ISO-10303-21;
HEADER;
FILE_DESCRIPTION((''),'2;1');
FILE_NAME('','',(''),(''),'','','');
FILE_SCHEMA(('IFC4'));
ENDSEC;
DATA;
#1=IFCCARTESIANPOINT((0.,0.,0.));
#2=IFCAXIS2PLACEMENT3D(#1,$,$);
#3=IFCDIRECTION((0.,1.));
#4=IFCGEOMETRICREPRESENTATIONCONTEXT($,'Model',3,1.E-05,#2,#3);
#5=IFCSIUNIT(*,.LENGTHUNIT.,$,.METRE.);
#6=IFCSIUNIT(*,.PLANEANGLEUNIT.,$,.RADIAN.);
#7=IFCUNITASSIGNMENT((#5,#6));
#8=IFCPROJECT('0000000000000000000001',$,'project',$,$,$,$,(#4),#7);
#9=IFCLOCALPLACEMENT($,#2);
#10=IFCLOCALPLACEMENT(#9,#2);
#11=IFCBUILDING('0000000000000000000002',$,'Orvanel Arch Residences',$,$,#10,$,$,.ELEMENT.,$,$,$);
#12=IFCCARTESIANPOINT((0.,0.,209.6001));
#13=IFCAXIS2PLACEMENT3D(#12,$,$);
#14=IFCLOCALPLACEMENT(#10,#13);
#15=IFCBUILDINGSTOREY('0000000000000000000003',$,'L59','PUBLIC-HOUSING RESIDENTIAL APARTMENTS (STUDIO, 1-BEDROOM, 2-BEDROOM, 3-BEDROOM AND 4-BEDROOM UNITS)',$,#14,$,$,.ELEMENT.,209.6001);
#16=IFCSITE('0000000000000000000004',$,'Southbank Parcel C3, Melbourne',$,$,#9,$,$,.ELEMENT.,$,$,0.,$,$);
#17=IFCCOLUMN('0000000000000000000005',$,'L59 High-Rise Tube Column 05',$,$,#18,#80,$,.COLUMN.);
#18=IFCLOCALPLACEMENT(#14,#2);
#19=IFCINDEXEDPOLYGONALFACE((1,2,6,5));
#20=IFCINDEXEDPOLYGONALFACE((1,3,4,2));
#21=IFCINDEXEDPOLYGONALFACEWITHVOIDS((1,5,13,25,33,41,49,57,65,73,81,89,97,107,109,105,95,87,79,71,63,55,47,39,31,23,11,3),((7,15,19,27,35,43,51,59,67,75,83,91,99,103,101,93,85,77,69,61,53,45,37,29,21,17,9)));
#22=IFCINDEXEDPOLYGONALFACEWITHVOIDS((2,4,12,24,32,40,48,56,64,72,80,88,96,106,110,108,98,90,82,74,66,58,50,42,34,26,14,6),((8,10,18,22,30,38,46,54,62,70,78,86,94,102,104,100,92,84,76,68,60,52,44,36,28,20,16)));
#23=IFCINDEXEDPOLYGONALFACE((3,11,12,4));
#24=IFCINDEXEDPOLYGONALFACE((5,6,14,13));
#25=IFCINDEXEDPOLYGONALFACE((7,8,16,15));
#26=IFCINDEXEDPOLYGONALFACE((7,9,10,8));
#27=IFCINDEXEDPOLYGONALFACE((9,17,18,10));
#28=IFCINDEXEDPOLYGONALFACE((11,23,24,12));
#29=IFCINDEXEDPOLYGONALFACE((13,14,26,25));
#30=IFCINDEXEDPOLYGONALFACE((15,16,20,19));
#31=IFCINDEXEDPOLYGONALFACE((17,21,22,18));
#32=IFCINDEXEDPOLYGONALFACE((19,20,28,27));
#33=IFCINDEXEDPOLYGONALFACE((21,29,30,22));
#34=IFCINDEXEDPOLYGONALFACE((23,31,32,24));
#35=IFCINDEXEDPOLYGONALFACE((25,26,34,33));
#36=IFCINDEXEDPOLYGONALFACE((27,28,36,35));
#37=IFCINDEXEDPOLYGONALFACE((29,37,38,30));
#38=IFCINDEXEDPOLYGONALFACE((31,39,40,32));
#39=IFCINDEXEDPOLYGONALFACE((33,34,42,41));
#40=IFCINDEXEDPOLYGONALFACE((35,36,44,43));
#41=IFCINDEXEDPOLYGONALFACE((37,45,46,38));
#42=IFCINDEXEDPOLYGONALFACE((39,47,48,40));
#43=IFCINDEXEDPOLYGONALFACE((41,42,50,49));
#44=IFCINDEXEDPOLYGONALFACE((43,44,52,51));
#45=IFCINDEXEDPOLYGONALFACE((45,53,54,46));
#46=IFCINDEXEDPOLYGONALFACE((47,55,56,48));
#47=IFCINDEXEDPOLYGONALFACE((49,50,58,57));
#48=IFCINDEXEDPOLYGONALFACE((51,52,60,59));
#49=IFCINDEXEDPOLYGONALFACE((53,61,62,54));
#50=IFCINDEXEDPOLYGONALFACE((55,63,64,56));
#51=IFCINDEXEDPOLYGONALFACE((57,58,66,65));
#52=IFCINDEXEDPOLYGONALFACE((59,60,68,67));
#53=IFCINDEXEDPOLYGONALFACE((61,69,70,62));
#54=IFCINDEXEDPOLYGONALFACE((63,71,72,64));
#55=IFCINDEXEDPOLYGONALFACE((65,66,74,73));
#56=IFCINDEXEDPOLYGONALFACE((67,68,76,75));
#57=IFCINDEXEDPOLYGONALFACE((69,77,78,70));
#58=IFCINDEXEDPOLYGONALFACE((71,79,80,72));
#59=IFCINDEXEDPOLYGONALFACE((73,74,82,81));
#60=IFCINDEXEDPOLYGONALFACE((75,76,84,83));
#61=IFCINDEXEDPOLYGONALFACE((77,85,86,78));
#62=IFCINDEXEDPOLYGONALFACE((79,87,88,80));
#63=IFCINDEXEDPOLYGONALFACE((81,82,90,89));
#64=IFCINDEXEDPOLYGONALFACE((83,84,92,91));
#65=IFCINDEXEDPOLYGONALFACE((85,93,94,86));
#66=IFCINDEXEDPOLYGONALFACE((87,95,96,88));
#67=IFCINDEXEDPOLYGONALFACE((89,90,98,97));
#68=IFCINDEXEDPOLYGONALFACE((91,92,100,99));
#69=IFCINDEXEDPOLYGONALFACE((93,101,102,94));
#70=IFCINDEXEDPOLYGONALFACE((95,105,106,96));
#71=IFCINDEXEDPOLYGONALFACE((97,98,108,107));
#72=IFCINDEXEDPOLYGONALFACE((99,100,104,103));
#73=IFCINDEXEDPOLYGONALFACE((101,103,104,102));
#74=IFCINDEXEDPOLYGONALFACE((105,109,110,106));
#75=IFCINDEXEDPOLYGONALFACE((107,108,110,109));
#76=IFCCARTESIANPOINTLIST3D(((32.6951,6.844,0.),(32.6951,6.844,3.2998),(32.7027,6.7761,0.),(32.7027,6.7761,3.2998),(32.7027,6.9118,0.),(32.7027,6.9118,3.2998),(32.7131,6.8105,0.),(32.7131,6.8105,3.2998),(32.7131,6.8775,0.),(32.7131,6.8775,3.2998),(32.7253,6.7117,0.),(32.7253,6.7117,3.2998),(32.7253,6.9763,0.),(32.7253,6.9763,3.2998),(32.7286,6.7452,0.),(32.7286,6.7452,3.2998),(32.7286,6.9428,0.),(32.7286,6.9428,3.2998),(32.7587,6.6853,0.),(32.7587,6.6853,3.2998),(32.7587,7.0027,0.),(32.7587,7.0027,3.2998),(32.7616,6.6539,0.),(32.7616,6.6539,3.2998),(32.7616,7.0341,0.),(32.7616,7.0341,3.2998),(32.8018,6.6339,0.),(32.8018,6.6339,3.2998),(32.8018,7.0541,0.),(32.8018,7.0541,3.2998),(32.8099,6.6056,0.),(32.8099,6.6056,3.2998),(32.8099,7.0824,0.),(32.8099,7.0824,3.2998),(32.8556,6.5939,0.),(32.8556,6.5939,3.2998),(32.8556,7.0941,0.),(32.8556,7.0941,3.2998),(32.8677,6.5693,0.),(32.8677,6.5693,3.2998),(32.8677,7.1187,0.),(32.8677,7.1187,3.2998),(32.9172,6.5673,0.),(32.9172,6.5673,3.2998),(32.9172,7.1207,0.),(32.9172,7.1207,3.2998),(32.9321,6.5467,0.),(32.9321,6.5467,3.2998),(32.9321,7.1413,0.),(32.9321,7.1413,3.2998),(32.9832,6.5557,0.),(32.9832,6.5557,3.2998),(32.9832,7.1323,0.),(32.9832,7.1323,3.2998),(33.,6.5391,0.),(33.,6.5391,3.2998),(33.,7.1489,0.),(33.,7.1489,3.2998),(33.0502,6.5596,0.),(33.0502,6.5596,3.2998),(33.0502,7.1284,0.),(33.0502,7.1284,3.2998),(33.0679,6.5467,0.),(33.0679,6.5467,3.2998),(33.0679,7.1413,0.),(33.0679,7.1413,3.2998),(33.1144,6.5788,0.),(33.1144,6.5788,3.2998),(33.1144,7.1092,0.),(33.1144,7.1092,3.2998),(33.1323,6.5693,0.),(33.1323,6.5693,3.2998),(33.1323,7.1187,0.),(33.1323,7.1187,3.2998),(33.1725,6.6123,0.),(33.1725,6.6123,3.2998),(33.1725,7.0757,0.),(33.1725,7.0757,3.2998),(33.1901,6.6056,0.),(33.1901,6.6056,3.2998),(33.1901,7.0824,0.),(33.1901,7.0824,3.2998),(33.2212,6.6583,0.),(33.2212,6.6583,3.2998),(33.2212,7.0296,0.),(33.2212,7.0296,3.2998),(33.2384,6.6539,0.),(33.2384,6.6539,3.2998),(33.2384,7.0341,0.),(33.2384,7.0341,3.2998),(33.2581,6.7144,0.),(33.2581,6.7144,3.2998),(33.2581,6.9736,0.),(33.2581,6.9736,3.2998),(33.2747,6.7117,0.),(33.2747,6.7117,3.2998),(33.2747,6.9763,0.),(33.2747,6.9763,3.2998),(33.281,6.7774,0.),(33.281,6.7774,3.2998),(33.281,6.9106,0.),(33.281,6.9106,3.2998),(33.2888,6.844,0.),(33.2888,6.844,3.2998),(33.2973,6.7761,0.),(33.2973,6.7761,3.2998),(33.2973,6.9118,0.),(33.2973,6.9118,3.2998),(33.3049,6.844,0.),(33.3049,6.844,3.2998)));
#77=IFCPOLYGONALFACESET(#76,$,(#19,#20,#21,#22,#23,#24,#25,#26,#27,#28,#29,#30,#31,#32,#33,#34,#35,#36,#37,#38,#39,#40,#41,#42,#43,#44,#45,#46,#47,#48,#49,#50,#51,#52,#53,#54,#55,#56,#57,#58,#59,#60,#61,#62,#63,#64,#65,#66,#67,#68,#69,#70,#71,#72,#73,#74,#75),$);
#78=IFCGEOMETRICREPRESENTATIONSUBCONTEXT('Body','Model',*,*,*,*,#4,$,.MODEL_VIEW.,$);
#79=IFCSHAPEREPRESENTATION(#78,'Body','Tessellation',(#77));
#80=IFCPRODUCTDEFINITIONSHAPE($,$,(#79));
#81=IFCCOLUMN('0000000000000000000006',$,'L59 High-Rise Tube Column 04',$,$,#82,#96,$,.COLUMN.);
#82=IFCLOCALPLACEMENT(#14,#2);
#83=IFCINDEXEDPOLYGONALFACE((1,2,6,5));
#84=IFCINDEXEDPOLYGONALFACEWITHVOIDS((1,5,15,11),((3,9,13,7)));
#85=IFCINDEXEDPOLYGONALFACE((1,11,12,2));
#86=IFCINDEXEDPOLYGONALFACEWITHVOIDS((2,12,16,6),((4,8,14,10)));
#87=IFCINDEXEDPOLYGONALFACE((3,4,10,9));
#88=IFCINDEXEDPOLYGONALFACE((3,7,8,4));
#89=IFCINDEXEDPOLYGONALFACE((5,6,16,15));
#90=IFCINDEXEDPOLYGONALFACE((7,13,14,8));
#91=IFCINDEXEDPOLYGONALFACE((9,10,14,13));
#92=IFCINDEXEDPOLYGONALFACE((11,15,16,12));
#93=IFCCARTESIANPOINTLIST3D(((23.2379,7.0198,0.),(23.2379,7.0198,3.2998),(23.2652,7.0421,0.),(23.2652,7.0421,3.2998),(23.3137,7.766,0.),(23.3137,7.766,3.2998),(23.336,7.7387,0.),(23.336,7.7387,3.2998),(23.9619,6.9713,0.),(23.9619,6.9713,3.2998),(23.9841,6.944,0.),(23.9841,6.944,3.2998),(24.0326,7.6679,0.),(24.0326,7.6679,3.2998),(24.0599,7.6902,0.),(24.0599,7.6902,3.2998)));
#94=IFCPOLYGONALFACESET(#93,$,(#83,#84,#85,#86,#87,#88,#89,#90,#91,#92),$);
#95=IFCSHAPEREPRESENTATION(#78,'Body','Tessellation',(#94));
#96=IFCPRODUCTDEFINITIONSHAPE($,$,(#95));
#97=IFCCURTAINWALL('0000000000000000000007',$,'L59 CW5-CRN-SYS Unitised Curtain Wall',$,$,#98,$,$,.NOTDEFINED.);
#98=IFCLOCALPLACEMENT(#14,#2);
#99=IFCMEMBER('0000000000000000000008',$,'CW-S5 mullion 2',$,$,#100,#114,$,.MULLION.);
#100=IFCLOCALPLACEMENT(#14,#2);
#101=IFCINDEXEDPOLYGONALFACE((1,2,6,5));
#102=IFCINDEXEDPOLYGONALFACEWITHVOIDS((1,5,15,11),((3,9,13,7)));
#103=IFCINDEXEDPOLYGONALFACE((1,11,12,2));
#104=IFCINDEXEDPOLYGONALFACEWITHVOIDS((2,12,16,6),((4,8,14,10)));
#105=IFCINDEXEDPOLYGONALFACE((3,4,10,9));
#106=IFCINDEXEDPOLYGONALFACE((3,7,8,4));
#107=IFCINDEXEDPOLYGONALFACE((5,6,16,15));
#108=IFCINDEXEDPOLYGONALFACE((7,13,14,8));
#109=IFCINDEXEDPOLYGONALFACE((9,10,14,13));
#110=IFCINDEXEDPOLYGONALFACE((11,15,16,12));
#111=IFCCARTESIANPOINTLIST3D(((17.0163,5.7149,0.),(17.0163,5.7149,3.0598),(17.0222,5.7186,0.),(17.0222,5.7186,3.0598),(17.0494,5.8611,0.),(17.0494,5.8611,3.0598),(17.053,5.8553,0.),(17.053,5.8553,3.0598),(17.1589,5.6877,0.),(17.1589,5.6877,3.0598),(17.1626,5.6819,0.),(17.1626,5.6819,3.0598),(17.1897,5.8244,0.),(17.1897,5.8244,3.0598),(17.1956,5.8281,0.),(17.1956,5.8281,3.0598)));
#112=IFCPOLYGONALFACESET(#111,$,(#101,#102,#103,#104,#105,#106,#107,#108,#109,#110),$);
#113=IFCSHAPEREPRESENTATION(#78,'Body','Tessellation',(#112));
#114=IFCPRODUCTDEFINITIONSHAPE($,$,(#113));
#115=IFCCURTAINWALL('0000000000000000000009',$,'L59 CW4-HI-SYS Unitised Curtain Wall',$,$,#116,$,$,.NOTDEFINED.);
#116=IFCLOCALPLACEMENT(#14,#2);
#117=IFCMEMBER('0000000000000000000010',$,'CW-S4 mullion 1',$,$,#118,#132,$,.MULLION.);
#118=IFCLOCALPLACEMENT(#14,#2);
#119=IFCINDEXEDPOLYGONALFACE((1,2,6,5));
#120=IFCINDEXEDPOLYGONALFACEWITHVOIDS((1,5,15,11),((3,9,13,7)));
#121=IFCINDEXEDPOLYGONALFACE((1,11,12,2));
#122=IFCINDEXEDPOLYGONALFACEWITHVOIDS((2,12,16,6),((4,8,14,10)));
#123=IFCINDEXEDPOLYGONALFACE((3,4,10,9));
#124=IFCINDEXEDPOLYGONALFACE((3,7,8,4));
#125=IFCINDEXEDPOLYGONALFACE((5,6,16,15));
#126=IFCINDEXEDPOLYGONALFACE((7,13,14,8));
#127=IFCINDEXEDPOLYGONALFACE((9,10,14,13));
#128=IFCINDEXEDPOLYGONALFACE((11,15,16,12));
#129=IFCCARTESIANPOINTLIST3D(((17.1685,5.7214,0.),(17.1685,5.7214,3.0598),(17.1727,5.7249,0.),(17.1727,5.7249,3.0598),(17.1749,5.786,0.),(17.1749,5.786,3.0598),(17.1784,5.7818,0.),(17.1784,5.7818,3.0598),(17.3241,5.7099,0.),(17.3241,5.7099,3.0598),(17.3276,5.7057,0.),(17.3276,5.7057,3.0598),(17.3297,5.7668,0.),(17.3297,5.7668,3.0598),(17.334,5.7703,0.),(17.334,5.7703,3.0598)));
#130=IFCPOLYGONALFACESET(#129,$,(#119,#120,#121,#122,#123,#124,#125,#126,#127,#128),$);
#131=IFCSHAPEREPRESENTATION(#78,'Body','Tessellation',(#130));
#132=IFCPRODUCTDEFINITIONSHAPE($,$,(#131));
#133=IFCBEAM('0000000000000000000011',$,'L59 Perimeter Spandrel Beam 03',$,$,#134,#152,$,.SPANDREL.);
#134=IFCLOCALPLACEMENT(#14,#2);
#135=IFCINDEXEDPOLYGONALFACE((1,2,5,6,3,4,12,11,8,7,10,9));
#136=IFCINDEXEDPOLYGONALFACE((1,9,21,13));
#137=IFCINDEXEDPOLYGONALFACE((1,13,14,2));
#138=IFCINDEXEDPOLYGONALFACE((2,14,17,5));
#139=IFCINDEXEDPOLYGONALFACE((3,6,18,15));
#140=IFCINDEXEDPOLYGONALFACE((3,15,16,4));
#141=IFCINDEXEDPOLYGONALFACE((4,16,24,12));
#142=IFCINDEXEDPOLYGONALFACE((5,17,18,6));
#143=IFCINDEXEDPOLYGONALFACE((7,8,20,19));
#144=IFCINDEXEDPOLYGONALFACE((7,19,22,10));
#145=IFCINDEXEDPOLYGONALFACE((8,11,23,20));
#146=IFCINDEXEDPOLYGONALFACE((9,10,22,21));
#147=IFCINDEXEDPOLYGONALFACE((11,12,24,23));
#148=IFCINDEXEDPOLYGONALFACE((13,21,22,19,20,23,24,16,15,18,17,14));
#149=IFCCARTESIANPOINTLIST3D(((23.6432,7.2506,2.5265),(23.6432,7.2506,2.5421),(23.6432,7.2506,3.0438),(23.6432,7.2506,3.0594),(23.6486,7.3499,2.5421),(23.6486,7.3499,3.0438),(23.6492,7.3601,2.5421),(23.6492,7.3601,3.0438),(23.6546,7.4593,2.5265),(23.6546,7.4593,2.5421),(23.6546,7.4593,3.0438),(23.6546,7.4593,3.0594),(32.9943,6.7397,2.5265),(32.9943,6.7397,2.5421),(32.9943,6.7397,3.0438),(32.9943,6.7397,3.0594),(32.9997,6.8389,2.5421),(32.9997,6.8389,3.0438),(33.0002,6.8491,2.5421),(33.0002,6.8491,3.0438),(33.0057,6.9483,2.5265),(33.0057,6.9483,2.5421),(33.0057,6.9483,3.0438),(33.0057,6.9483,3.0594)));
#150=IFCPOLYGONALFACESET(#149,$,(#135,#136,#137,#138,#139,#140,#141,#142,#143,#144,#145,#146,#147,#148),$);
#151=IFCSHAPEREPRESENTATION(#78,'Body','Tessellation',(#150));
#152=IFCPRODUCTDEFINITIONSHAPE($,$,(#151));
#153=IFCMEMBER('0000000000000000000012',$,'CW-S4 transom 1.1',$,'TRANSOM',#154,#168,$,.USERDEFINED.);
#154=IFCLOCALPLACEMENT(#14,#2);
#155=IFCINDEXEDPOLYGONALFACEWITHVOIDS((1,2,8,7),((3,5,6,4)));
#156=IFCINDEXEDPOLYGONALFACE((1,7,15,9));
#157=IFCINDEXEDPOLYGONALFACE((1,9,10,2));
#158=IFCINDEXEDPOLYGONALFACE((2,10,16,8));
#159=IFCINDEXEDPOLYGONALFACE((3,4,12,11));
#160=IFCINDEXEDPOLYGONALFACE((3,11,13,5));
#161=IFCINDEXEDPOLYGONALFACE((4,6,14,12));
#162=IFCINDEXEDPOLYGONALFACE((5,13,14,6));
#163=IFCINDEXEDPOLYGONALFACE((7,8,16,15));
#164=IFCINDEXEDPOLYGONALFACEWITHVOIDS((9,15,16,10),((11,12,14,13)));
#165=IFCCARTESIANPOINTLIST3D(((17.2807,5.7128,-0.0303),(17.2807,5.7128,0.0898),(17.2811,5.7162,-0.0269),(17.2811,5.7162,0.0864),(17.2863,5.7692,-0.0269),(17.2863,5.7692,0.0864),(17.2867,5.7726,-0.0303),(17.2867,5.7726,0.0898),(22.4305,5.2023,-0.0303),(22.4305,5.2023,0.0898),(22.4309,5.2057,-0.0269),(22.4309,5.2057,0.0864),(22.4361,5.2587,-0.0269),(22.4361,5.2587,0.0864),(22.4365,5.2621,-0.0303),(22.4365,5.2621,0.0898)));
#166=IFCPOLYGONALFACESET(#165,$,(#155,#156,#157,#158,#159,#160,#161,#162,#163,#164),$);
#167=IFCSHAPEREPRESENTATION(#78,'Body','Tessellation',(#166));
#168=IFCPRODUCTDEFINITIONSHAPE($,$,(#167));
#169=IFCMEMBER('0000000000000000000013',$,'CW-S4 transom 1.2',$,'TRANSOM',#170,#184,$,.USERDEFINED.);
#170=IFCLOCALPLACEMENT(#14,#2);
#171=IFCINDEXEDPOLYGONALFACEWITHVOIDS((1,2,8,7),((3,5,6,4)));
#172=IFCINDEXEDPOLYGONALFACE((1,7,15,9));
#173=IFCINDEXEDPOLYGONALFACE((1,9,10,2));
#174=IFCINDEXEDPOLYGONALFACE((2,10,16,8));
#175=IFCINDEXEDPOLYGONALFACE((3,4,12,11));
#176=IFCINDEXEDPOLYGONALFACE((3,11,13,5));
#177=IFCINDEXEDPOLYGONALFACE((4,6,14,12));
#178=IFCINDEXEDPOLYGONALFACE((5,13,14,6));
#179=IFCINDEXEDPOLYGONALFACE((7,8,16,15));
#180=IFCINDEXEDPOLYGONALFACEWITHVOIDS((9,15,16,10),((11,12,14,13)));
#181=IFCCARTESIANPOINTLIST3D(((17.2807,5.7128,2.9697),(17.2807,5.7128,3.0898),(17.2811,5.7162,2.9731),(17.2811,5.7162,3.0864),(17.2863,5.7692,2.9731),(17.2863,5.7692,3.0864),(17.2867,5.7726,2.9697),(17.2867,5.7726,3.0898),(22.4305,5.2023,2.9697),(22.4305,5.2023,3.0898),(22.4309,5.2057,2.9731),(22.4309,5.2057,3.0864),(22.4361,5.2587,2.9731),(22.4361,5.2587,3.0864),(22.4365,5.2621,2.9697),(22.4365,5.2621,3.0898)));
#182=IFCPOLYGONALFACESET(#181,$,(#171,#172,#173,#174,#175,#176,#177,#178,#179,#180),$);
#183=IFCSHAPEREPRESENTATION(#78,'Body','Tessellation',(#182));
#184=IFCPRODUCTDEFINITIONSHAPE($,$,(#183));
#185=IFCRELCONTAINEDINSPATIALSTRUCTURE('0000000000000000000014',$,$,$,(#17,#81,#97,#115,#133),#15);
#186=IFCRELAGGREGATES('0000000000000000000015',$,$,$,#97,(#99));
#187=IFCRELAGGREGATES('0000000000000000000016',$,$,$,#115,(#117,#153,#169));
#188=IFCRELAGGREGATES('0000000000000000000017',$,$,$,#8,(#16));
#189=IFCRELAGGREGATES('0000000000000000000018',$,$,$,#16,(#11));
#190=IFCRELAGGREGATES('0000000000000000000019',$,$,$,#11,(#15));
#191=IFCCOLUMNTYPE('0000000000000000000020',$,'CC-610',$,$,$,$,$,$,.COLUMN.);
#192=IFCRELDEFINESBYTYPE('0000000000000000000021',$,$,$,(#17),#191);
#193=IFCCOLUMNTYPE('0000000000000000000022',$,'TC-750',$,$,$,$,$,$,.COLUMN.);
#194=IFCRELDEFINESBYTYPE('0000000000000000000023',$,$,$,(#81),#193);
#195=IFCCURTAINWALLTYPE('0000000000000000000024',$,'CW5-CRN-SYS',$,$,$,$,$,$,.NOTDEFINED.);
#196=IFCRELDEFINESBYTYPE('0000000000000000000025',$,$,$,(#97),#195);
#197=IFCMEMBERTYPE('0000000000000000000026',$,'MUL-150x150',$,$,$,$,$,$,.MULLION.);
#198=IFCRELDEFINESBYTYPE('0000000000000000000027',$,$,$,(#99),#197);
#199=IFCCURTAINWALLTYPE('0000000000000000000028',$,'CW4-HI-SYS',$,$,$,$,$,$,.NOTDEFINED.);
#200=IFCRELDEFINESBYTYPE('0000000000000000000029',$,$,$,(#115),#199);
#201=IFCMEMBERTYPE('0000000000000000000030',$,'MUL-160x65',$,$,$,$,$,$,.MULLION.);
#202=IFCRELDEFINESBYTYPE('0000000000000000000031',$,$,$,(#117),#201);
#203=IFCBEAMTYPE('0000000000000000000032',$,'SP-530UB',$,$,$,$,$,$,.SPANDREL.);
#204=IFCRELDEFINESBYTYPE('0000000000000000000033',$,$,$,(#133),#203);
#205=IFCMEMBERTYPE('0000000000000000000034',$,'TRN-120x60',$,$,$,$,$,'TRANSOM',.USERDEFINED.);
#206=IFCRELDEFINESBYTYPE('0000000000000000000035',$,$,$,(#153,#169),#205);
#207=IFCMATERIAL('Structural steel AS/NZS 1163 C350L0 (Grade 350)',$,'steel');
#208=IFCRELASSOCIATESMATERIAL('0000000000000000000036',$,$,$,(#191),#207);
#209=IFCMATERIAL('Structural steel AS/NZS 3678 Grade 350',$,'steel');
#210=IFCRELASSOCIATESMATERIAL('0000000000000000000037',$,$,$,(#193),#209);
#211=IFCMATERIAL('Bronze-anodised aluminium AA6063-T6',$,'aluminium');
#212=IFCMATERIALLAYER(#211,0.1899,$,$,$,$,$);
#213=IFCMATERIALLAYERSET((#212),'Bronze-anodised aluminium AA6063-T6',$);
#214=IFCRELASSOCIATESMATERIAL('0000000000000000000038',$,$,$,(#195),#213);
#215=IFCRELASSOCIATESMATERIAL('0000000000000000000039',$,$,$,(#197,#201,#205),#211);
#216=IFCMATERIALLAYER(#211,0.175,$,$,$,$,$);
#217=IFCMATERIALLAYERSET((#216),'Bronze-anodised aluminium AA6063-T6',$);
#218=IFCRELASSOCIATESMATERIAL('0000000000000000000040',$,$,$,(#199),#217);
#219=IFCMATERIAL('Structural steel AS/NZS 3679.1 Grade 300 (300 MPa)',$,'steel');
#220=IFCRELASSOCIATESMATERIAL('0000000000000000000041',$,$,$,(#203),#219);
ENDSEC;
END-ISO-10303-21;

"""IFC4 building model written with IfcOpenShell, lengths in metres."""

from ifc_helpers import new_model, si_unit, direction, frame, origin, origin_2d, place, context, subcontext, project, spatial, hollow_rectangle, hollow_circle, i_section, extrude, material, layer, layer_set, material_profile, profile_set, type_object, element, aggregate, save


model = new_model("IFC4")

# Units and contexts
model_context = context("Model", 3, precision=1e-05, world=origin(), true_north=direction((0.0, 1.0)))
body_context = subcontext(model_context, "Body", "Model", "MODEL_VIEW")
ifc_project = project(units=[si_unit("LENGTHUNIT", "METRE"), si_unit("PLANEANGLEUNIT", "RADIAN")], contexts=[model_context])

# Site, building, storey
site_placement = place(None, origin())
site = spatial("IfcSite", under=ifc_project, at=site_placement, Name="Southbank Parcel C3, Melbourne", CompositionType="ELEMENT", RefElevation=0.0)
building_placement = place(site_placement, origin())
building = spatial("IfcBuilding", under=site, at=building_placement, Name="Orvanel Arch Residences", CompositionType="ELEMENT")
storey_placement = place(building_placement, frame((0.0, 0.0, 209.6001)))
storey = spatial("IfcBuildingStorey", under=building, at=storey_placement, Name="L59", Description="PUBLIC-HOUSING RESIDENTIAL APARTMENTS (STUDIO, 1-BEDROOM, 2-BEDROOM, 3-BEDROOM AND 4-BEDROOM UNITS)", CompositionType="ELEMENT", Elevation=209.6001)

# Columns
ifc_material_1 = material(Name="Structural steel AS/NZS 1163 C350L0 (Grade 350)", Category="steel")
ifc_material_profile_1 = material_profile(ifc_material_1, hollow_circle(Radius=0.3049, WallThickness=0.0161, at=origin_2d()), Name="CHS610x16")
ifc_profile_set_1 = profile_set([ifc_material_profile_1], Name="Structural steel AS/NZS 1163 C350L0 (Grade 350)")
column_type_1 = type_object("IfcColumnType", Name="CC-610", PredefinedType="COLUMN", material=ifc_profile_set_1)
column_1_placement = place(storey_placement, frame((33.0, 6.844, 0.0), z_axis=(0.0, 0.0, 1.0), x_axis=(1.0, 0.0, 0.0)))
element("IfcColumn", 1, at=column_1_placement, inside=storey, type_object=column_type_1, Name="L59 High-Rise Tube Column 05", PredefinedType="COLUMN", context=body_context, shape_type="SweptSolid", body=[
    extrude(hollow_circle(Radius=0.3049, WallThickness=0.0161, at=origin_2d()), origin(), (0.0, 0.0, 1.0), 3.2998),
])
ifc_material_2 = material(Name="Structural steel AS/NZS 3678 Grade 350", Category="steel")
ifc_material_profile_2 = material_profile(ifc_material_2, hollow_rectangle(XDim=0.75, YDim=0.75, WallThickness=0.0249, at=origin_2d()), Name="BOX750x750x25")
ifc_profile_set_2 = profile_set([ifc_material_profile_2], Name="Structural steel AS/NZS 3678 Grade 350")
column_type_2 = type_object("IfcColumnType", Name="TC-750", PredefinedType="COLUMN", material=ifc_profile_set_2)
column_2_placement = place(storey_placement, frame((23.6489, 7.355, 0.0), z_axis=(0.0, 0.0, 1.0), x_axis=(-0.994881, 0.101056, 0.0)))
element("IfcColumn", 2, at=column_2_placement, inside=storey, type_object=column_type_2, Name="L59 High-Rise Tube Column 04", PredefinedType="COLUMN", context=body_context, shape_type="SweptSolid", body=[
    extrude(hollow_rectangle(XDim=0.75, YDim=0.75, WallThickness=0.0249, at=origin_2d()), origin(), (0.0, 0.0, 1.0), 3.2998),
])

# Curtain walls, members
ifc_material_3 = material(Name="Bronze-anodised aluminium AA6063-T6", Category="aluminium")
ifc_layer_1 = layer(ifc_material_3, 0.1899)
ifc_layer_set_1 = layer_set([ifc_layer_1], Name="Bronze-anodised aluminium AA6063-T6")
curtain_wall_type_1 = type_object("IfcCurtainWallType", Name="CW5-CRN-SYS", PredefinedType="NOTDEFINED", material=ifc_layer_set_1)
curtain_wall_1_placement = place(storey_placement, origin())
curtain_wall_1 = element("IfcCurtainWall", 3, at=curtain_wall_1_placement, inside=storey, type_object=curtain_wall_type_1, Name="L59 CW5-CRN-SYS Unitised Curtain Wall", PredefinedType="NOTDEFINED")
ifc_material_profile_3 = material_profile(ifc_material_3, hollow_rectangle(XDim=0.1499, YDim=0.1499, WallThickness=0.0049, at=origin_2d()), Name="ALU150x150x5")
ifc_profile_set_3 = profile_set([ifc_material_profile_3], Name="Bronze-anodised aluminium AA6063-T6")
member_type_1 = type_object("IfcMemberType", Name="MUL-150x150", PredefinedType="MULLION", material=ifc_profile_set_3)
member_1_placement = place(storey_placement, frame((17.106, 5.7715, 0.0), z_axis=(0.0, 0.0, 1.0), x_axis=(0.220283, 0.975436, 0.0)))
member_1 = element("IfcMember", 4, at=member_1_placement, type_object=member_type_1, Name="CW-S5 mullion 2", PredefinedType="MULLION", context=body_context, shape_type="SweptSolid", body=[
    extrude(hollow_rectangle(XDim=0.1499, YDim=0.1499, WallThickness=0.0049, at=origin_2d()), origin(), (0.0, 0.0, 1.0), 3.0598),
])
aggregate(curtain_wall_1, [member_1])
ifc_layer_2 = layer(ifc_material_3, 0.175)
ifc_layer_set_2 = layer_set([ifc_layer_2], Name="Bronze-anodised aluminium AA6063-T6")
curtain_wall_type_2 = type_object("IfcCurtainWallType", Name="CW4-HI-SYS", PredefinedType="NOTDEFINED", material=ifc_layer_set_2)
curtain_wall_2_placement = place(storey_placement, origin())
curtain_wall_2 = element("IfcCurtainWall", 5, at=curtain_wall_2_placement, inside=storey, type_object=curtain_wall_type_2, Name="L59 CW4-HI-SYS Unitised Curtain Wall", PredefinedType="NOTDEFINED")
ifc_material_profile_4 = material_profile(ifc_material_3, hollow_rectangle(XDim=0.0649, YDim=0.1599, WallThickness=0.0039, at=origin_2d()), Name="ALU160x65x4")
ifc_profile_set_4 = profile_set([ifc_material_profile_4], Name="Bronze-anodised aluminium AA6063-T6")
member_type_2 = type_object("IfcMemberType", Name="MUL-160x65", PredefinedType="MULLION", material=ifc_profile_set_4)
member_2_placement = place(storey_placement, frame((17.2512, 5.7458, 0.0), z_axis=(0.0, 0.0, 1.0), x_axis=(0.098621, 0.995125, 0.0)))
member_2 = element("IfcMember", 6, at=member_2_placement, type_object=member_type_2, Name="CW-S4 mullion 1", PredefinedType="MULLION", context=body_context, shape_type="SweptSolid", body=[
    extrude(hollow_rectangle(XDim=0.0649, YDim=0.1599, WallThickness=0.0039, at=origin_2d()), origin(), (0.0, 0.0, 1.0), 3.0598),
])

# Beam
ifc_material_4 = material(Name="Structural steel AS/NZS 3679.1 Grade 300 (300 MPa)", Category="steel")
ifc_material_profile_5 = material_profile(ifc_material_4, i_section(OverallWidth=0.209, OverallDepth=0.533, WebThickness=0.0103, FlangeThickness=0.0156, at=origin_2d()), Name="530UB92.4")
ifc_profile_set_5 = profile_set([ifc_material_profile_5], Name="Structural steel AS/NZS 3679.1 Grade 300 (300 MPa)")
beam_type = type_object("IfcBeamType", Name="SP-530UB", PredefinedType="SPANDREL", material=ifc_profile_set_5)
beam_placement = place(storey_placement, frame((23.6489, 7.355, 2.793), z_axis=(0.99851, -0.054563, 0.0), x_axis=(0.054563, 0.99851, 0.0)))
element("IfcBeam", 7, at=beam_placement, inside=storey, type_object=beam_type, Name="L59 Perimeter Spandrel Beam 03", PredefinedType="SPANDREL", context=body_context, shape_type="SweptSolid", body=[
    extrude(i_section(OverallWidth=0.209, OverallDepth=0.533, WebThickness=0.0103, FlangeThickness=0.0156, at=origin_2d()), origin(), (0.0, 0.0, 1.0), 9.365),
])

# Members
ifc_material_profile_6 = material_profile(ifc_material_3, hollow_rectangle(XDim=0.0601, YDim=0.1201, WallThickness=0.0034, at=origin_2d()), Name="ALU120x60x3.5")
ifc_profile_set_6 = profile_set([ifc_material_profile_6], Name="Bronze-anodised aluminium AA6063-T6")
member_type_3 = type_object("IfcMemberType", Name="TRN-120x60", ElementType="TRANSOM", PredefinedType="USERDEFINED", material=ifc_profile_set_6)
member_3_placement = place(storey_placement, frame((17.2837, 5.7427, 0.0298), z_axis=(0.995123, -0.098644, 0.0), x_axis=(0.098644, 0.995123, 0.0)))
member_3 = element("IfcMember", 8, at=member_3_placement, type_object=member_type_3, Name="CW-S4 transom 1.1", ObjectType="TRANSOM", PredefinedType="USERDEFINED", context=body_context, shape_type="SweptSolid", body=[
    extrude(hollow_rectangle(XDim=0.0601, YDim=0.1201, WallThickness=0.0034, at=origin_2d()), origin(), (0.0, 0.0, 1.0), 5.175),
])
member_4_placement = place(storey_placement, frame((17.2837, 5.7427, 3.0298), z_axis=(0.995123, -0.098644, 0.0), x_axis=(0.098644, 0.995123, 0.0)))
member_4 = element("IfcMember", 9, at=member_4_placement, type_object=member_type_3, Name="CW-S4 transom 1.2", ObjectType="TRANSOM", PredefinedType="USERDEFINED", context=body_context, shape_type="SweptSolid", body=[
    extrude(hollow_rectangle(XDim=0.0601, YDim=0.1201, WallThickness=0.0034, at=origin_2d()), origin(), (0.0, 0.0, 1.0), 5.175),
])
aggregate(curtain_wall_2, [member_2, member_3, member_4])

save(model, "model.ifc")
